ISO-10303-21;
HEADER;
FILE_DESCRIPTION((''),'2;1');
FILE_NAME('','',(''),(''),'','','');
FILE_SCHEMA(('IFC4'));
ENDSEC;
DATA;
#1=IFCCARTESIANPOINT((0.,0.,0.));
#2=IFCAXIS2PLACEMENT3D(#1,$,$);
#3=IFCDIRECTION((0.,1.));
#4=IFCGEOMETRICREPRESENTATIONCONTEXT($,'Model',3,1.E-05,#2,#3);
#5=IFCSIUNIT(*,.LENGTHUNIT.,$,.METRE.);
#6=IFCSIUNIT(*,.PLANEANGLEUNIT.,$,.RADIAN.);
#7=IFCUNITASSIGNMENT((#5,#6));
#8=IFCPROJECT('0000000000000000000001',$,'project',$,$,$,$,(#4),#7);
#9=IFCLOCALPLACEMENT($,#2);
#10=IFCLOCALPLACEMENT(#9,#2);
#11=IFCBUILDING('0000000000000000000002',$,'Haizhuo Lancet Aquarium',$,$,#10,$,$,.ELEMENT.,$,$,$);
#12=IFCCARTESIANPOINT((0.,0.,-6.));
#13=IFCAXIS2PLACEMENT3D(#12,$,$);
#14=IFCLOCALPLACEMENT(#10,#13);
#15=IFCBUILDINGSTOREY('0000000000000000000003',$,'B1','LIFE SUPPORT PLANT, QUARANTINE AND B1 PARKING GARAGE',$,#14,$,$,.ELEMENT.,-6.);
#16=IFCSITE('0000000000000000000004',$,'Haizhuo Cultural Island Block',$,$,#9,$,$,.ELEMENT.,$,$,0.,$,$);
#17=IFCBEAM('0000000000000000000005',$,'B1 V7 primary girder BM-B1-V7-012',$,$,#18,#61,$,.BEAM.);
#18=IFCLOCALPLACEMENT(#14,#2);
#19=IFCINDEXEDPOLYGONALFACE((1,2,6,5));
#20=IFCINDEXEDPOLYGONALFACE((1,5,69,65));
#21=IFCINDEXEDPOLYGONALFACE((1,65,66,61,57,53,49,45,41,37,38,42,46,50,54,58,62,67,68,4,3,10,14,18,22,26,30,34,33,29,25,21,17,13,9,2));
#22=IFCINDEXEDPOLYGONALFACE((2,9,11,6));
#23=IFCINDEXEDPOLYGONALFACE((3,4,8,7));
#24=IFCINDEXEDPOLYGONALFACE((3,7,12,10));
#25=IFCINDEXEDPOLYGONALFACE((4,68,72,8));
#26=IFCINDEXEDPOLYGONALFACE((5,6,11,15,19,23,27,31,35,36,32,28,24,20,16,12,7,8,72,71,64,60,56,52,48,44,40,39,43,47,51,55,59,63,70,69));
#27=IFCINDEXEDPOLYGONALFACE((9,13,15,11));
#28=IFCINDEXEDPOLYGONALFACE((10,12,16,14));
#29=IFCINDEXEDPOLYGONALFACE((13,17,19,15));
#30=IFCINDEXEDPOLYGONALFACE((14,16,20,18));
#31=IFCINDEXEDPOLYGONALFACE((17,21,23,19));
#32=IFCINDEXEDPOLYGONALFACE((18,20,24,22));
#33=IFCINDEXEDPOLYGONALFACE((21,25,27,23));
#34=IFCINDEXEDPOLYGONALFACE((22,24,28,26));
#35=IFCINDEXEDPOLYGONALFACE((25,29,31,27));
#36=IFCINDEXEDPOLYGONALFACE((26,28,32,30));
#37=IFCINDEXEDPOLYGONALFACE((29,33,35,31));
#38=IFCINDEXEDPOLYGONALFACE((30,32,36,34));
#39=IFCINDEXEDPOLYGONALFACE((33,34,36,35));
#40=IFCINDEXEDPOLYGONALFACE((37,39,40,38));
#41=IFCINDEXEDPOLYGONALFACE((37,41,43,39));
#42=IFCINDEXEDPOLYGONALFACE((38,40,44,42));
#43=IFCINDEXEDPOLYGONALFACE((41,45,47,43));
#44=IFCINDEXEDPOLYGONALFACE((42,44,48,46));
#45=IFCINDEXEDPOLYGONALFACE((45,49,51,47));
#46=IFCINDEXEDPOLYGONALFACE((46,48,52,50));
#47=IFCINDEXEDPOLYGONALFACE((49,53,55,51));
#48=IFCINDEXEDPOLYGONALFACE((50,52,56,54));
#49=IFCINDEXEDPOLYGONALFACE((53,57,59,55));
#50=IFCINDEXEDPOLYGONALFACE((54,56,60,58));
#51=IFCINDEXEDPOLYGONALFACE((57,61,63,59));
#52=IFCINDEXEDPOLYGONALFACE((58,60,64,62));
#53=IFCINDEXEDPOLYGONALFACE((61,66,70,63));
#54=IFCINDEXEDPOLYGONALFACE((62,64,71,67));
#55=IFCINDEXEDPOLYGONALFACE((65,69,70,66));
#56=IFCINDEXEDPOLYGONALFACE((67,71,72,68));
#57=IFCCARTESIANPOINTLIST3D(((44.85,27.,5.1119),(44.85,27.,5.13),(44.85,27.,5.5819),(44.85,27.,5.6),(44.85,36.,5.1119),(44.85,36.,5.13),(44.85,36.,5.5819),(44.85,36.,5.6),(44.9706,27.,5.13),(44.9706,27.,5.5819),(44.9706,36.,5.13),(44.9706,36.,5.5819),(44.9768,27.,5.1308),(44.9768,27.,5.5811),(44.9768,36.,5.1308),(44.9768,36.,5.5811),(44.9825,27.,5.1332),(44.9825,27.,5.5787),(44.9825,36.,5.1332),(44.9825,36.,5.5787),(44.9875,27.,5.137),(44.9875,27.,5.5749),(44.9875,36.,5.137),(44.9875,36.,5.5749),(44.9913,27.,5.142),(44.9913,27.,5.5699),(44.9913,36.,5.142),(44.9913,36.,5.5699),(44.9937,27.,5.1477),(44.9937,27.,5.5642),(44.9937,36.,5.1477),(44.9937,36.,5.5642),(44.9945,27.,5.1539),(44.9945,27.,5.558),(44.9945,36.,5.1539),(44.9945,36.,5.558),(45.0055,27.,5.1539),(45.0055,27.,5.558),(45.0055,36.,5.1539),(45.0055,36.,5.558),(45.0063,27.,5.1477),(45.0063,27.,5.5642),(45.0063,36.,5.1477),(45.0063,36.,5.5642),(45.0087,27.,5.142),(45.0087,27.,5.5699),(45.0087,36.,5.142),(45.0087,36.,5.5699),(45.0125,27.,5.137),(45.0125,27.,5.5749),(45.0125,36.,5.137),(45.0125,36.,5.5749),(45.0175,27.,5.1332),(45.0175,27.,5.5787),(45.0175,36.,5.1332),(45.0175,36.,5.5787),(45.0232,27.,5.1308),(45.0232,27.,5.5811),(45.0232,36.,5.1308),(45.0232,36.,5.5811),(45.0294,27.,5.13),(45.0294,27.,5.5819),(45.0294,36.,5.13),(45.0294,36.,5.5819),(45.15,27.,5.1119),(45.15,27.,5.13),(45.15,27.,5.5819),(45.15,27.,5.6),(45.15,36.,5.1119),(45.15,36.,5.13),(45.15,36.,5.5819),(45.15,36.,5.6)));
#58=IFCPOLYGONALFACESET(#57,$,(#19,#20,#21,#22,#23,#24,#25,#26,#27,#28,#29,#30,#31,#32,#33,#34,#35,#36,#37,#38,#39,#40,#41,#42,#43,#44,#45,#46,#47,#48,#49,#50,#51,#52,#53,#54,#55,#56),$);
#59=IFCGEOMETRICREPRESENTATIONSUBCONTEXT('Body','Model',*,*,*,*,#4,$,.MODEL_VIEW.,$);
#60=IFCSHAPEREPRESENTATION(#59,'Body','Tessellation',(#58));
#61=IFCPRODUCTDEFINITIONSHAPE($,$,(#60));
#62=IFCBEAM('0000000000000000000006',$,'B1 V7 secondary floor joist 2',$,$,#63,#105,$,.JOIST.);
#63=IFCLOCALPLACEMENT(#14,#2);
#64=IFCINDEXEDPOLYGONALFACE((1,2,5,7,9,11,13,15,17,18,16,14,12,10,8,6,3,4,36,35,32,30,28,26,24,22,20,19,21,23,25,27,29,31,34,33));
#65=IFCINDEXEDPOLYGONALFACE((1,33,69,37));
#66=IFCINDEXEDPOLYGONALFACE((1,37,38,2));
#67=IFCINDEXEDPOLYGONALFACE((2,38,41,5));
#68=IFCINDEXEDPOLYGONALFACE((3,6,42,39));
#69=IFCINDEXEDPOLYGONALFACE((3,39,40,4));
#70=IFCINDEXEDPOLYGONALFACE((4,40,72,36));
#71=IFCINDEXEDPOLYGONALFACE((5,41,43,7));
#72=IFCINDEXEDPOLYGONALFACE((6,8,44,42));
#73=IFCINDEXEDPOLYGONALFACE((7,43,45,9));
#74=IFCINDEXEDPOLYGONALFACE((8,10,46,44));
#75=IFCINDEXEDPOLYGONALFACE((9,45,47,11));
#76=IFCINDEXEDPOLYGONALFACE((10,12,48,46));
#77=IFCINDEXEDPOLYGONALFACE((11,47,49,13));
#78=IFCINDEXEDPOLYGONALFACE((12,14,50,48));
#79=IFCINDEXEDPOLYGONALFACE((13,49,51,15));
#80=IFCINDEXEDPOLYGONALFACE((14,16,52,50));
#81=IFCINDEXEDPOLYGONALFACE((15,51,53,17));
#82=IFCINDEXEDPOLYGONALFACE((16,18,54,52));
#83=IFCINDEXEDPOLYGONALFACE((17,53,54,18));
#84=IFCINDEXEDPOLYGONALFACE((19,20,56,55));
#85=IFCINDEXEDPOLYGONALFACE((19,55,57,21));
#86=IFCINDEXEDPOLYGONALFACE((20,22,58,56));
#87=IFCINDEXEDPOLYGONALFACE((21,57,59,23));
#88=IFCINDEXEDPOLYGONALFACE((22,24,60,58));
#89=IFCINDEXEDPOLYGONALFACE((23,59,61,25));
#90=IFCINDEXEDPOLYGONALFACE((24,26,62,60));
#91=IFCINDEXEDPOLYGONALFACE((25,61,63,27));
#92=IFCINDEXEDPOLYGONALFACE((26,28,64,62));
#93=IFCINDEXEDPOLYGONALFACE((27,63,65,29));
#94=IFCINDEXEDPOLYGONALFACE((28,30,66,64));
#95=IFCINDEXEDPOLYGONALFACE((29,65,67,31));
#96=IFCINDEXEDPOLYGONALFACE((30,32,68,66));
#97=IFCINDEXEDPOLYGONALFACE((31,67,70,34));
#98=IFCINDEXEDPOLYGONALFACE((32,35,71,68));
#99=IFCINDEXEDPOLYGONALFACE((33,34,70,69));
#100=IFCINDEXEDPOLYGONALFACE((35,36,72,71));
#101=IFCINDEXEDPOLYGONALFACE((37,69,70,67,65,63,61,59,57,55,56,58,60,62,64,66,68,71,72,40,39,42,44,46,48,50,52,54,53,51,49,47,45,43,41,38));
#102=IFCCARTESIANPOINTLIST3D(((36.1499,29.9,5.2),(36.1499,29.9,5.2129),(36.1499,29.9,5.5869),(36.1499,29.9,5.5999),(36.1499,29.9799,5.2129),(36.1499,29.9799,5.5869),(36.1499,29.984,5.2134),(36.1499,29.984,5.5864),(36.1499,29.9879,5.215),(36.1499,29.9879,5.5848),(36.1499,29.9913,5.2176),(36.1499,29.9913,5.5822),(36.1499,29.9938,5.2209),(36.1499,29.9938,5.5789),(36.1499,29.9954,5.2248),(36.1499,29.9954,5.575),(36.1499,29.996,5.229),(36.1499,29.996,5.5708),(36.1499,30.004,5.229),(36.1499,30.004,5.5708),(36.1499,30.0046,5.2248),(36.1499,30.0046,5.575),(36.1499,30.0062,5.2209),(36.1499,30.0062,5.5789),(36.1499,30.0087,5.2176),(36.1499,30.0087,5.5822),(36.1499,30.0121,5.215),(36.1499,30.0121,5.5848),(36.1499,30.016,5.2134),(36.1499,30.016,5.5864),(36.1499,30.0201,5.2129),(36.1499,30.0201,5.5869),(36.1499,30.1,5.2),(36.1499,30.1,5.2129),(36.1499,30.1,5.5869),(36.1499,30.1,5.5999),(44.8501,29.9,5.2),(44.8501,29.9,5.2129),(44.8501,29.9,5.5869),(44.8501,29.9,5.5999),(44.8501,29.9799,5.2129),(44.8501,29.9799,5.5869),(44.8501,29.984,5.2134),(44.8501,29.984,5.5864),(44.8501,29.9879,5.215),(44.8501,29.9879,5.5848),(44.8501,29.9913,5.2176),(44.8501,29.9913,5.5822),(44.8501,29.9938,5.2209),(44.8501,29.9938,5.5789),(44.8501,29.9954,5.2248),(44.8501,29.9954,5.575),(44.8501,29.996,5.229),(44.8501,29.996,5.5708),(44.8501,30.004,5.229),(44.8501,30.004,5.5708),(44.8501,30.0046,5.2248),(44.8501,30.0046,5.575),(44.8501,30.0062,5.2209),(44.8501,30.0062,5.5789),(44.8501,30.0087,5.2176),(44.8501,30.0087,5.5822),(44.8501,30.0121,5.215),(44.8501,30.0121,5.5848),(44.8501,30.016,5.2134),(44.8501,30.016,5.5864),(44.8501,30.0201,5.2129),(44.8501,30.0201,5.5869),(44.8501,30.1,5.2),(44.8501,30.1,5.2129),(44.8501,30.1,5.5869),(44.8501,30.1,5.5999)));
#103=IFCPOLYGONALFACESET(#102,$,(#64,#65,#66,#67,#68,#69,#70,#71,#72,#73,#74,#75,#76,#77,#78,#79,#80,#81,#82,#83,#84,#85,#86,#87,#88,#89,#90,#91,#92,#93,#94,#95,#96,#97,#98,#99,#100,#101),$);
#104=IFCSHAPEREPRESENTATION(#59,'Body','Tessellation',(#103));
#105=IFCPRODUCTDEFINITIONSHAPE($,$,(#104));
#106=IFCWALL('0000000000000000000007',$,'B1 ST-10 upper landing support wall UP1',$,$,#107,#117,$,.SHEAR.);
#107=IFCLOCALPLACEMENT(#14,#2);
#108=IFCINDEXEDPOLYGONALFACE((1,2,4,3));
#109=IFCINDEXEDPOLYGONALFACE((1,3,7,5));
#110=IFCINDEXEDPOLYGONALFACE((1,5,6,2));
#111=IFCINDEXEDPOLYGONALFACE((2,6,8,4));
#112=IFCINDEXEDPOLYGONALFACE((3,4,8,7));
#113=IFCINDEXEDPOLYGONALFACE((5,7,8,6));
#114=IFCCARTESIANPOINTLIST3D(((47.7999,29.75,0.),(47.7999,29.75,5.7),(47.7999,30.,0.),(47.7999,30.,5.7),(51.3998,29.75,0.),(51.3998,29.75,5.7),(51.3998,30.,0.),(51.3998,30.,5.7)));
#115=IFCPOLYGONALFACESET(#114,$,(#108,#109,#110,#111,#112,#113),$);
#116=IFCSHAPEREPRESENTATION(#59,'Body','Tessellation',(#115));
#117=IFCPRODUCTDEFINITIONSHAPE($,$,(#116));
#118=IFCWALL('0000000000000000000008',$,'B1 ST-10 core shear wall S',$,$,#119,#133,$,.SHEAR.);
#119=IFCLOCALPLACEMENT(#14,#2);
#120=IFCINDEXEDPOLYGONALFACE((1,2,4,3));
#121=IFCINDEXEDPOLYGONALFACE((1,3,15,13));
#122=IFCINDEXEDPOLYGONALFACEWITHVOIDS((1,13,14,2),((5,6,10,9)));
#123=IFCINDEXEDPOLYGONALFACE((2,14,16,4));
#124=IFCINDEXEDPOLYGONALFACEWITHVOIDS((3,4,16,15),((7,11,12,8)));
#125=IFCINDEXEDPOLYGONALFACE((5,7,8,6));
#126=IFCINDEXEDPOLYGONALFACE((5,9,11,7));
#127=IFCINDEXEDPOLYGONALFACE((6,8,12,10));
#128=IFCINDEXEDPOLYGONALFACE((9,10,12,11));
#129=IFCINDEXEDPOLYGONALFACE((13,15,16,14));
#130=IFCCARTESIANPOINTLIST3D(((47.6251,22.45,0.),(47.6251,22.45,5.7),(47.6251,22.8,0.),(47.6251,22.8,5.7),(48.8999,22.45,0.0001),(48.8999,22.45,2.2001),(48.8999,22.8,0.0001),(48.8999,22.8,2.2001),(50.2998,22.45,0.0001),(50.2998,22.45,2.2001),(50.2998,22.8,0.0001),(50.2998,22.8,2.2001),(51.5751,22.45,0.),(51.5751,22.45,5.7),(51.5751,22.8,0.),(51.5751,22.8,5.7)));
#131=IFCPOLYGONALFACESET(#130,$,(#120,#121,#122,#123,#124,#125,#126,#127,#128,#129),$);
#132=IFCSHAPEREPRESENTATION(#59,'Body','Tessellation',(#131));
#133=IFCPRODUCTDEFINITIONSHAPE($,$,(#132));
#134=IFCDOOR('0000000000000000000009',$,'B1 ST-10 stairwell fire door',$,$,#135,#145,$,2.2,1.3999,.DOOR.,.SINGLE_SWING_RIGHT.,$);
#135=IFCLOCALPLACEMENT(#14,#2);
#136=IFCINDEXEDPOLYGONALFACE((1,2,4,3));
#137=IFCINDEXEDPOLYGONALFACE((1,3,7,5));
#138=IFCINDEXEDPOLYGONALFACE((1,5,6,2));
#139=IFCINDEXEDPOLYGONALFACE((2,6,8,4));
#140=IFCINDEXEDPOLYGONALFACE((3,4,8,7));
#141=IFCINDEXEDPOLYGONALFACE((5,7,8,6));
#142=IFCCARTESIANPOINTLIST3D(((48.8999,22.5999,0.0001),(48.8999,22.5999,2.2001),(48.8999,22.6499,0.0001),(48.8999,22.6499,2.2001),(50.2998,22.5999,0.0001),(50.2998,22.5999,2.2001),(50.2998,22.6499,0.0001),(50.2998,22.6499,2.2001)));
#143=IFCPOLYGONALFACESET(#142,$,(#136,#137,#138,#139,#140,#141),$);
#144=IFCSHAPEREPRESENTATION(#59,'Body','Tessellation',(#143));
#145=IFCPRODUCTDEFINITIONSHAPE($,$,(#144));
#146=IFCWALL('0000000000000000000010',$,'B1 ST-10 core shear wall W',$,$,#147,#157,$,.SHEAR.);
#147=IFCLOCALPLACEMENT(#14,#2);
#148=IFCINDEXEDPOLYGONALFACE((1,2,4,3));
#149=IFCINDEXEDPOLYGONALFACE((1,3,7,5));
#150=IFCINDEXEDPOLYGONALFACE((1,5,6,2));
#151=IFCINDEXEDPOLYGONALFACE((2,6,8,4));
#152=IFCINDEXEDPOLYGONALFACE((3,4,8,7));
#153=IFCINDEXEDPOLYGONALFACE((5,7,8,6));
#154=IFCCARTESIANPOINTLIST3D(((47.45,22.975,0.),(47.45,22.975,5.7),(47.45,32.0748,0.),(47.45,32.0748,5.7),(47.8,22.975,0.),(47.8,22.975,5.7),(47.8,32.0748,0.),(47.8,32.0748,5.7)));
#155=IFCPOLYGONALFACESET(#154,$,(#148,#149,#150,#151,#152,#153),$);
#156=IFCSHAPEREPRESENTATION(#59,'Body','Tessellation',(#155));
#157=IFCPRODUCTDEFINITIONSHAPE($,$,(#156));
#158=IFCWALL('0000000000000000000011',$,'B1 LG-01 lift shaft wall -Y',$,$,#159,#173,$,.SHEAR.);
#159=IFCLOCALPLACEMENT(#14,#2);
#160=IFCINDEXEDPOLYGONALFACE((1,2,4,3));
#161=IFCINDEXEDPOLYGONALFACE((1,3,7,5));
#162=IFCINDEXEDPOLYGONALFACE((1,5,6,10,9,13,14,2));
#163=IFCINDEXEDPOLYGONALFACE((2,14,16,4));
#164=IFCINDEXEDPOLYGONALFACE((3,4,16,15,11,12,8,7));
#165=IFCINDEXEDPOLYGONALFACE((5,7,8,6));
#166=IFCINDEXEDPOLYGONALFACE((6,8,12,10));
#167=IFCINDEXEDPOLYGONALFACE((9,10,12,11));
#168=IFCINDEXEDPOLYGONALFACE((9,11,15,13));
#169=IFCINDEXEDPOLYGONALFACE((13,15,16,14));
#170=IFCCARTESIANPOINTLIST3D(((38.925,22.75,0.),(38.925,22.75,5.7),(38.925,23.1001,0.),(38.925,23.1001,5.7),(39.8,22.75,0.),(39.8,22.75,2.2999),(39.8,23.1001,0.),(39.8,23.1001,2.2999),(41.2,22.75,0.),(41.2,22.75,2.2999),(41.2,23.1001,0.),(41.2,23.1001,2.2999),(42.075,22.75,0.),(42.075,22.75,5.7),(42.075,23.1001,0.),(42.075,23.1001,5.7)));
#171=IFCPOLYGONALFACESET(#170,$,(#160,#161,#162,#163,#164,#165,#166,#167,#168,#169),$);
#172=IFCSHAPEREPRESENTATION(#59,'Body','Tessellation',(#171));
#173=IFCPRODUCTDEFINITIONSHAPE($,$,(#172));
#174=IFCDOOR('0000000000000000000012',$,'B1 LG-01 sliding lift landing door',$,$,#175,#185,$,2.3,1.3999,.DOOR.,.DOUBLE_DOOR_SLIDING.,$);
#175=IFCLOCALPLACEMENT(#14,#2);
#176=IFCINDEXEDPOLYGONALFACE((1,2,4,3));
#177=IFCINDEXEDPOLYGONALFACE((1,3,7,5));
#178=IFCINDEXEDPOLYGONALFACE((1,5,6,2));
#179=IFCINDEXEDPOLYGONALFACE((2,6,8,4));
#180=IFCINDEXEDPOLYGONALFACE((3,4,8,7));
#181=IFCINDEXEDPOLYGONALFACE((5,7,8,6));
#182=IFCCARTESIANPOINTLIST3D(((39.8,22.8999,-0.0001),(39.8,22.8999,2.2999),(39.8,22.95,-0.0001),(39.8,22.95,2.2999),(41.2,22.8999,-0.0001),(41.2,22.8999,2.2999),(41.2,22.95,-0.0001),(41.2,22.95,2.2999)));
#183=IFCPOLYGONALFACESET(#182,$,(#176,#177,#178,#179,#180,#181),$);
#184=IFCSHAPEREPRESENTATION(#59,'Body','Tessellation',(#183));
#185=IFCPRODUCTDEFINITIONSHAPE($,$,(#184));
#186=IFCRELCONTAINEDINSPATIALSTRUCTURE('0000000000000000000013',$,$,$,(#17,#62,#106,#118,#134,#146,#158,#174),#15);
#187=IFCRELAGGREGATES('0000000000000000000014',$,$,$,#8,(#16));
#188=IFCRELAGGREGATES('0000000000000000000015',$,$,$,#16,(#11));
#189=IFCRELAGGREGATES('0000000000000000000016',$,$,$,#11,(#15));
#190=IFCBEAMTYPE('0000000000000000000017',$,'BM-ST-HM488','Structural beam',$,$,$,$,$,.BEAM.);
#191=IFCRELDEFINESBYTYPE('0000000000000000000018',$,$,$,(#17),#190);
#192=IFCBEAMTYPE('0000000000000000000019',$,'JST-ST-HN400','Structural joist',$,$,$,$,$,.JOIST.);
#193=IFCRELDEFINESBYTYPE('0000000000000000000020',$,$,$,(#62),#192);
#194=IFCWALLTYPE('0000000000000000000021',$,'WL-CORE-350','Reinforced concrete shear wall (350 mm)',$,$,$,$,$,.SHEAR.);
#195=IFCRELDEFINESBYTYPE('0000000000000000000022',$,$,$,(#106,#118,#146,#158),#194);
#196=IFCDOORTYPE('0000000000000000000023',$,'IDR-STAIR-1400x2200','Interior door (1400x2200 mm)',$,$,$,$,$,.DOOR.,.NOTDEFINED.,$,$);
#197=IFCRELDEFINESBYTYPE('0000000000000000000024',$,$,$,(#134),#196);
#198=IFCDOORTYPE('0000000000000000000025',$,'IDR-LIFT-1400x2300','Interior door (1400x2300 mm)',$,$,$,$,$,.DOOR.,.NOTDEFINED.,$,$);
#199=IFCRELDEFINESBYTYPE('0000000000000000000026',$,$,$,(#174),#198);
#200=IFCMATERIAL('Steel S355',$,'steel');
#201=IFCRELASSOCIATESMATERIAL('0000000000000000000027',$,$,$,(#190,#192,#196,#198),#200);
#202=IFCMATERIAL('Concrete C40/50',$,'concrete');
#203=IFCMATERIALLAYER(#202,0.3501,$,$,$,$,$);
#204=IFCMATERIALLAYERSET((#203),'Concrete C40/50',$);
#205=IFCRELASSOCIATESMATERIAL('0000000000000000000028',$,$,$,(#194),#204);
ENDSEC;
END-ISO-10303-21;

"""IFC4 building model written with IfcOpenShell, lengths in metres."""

from ifc_helpers import new_model, si_unit, direction, frame, frame_2d, origin, origin_2d, place, context, subcontext, project, spatial, rectangle, i_section, extrude, material, layer, layer_set, material_profile, profile_set, type_object, element, fill, save


model = new_model("IFC4")

# Units and contexts
model_context = context("Model", 3, precision=1e-05, world=origin(), true_north=direction((0.0, 1.0)))
body_context = subcontext(model_context, "Body", "Model", "MODEL_VIEW")
ifc_project = project(units=[si_unit("LENGTHUNIT", "METRE"), si_unit("PLANEANGLEUNIT", "RADIAN")], contexts=[model_context])

# Site, building, storey
site_placement = place(None, origin())
site = spatial("IfcSite", under=ifc_project, at=site_placement, Name="Haizhuo Cultural Island Block", CompositionType="ELEMENT", RefElevation=0.0)
building_placement = place(site_placement, origin())
building = spatial("IfcBuilding", under=site, at=building_placement, Name="Haizhuo Lancet Aquarium", CompositionType="ELEMENT")
storey_placement = place(building_placement, frame((0.0, 0.0, -6.0)))
storey = spatial("IfcBuildingStorey", under=building, at=storey_placement, Name="B1", Description="LIFE SUPPORT PLANT, QUARANTINE AND B1 PARKING GARAGE", CompositionType="ELEMENT", Elevation=-6.0)

# Shared definitions
ifc_material_1 = material(Name="Concrete C40/50", Category="concrete")

# Shared definitions
ifc_material_2 = material(Name="Steel S355", Category="steel")

# Beams
ifc_material_profile_1 = material_profile(ifc_material_2, i_section(OverallWidth=0.3, OverallDepth=0.488, WebThickness=0.011, FlangeThickness=0.0181, FilletRadius=0.0239, at=origin_2d()), Name="HM 488x300x11x18")
ifc_profile_set_1 = profile_set([ifc_material_profile_1], Name="Steel S355")
beam_type_1 = type_object("IfcBeamType", Name="BM-ST-HM488", Description="Structural beam", PredefinedType="BEAM", material=ifc_profile_set_1)
beam_1_placement = place(storey_placement, frame((45.0, 27.0, 5.356), z_axis=(0.0, 1.0, 0.0), x_axis=(-1.0, 0.0, 0.0)))
element("IfcBeam", 1, at=beam_1_placement, inside=storey, type_object=beam_type_1, Name="B1 V7 primary girder BM-B1-V7-012", PredefinedType="BEAM", context=body_context, shape_type="SweptSolid", body=[
    extrude(i_section(OverallWidth=0.3, OverallDepth=0.488, WebThickness=0.011, FlangeThickness=0.0181, FilletRadius=0.0239, at=origin_2d()), origin(), (0.0, 0.0, 1.0), 9.0),
])
ifc_material_profile_2 = material_profile(ifc_material_2, i_section(OverallWidth=0.2, OverallDepth=0.3999, WebThickness=0.0081, FlangeThickness=0.0129, FilletRadius=0.0161, at=origin_2d()), Name="HN 400x200x8x13")
ifc_profile_set_2 = profile_set([ifc_material_profile_2], Name="Steel S355")
beam_type_2 = type_object("IfcBeamType", Name="JST-ST-HN400", Description="Structural joist", PredefinedType="JOIST", material=ifc_profile_set_2)
beam_2_placement = place(storey_placement, frame((36.1499, 30.0, 5.3999), z_axis=(1.0, 0.0, 0.0), x_axis=(0.0, 1.0, 0.0)))
element("IfcBeam", 2, at=beam_2_placement, inside=storey, type_object=beam_type_2, Name="B1 V7 secondary floor joist 2", PredefinedType="JOIST", context=body_context, shape_type="SweptSolid", body=[
    extrude(i_section(OverallWidth=0.2, OverallDepth=0.3999, WebThickness=0.0081, FlangeThickness=0.0129, FilletRadius=0.0161, at=origin_2d()), origin(), (0.0, 0.0, 1.0), 8.7002),
])

# Wall
ifc_layer = layer(ifc_material_1, 0.3501)
ifc_layer_set = layer_set([ifc_layer], Name="Concrete C40/50")
wall_type = type_object("IfcWallType", Name="WL-CORE-350", Description="Reinforced concrete shear wall (350 mm)", PredefinedType="SHEAR", material=ifc_layer_set)
wall_1_placement = place(storey_placement, frame((47.8, 29.875, 0.0), z_axis=(0.0, 0.0, 1.0), x_axis=(1.0, 0.0, 0.0)))
element("IfcWall", 3, at=wall_1_placement, inside=storey, type_object=wall_type, Name="B1 ST-10 upper landing support wall UP1", PredefinedType="SHEAR", context=body_context, shape_type="SweptSolid", body=[
    extrude(rectangle(XDim=3.5999, YDim=0.25, at=frame_2d((1.7998, 0.0))), origin(), (0.0, 0.0, 1.0), 5.7),
])

# Wall, opening, door
wall_2_placement = place(storey_placement, frame((47.625, 22.625, 0.0), z_axis=(0.0, 0.0, 1.0), x_axis=(1.0, 0.0, 0.0)))
wall_2 = element("IfcWall", 4, at=wall_2_placement, inside=storey, type_object=wall_type, Name="B1 ST-10 core shear wall S", PredefinedType="SHEAR", context=body_context, shape_type="SweptSolid", body=[
    extrude(rectangle(XDim=3.95, YDim=0.3501, at=frame_2d((1.9751, 0.0))), origin(), (0.0, 0.0, 1.0), 5.7),
])
opening_1_placement = place(wall_2_placement, frame((1.2749, 0.0, 0.0)))
opening_1 = element("IfcOpeningElement", 5, at=opening_1_placement, cuts=wall_2, PredefinedType="OPENING", context=body_context, shape_type="SweptSolid", body=[
    extrude(rectangle(XDim=1.3999, YDim=2.2, at=frame_2d((0.7, 1.1001))), frame((0.0, 0.1851, 0.0), z_axis=(0.0, -1.0, 0.0), x_axis=(1.0, 0.0, 0.0)), (0.0, 0.0, 1.0), 0.3701),
])
door_type_1 = type_object("IfcDoorType", Name="IDR-STAIR-1400x2200", Description="Interior door (1400x2200 mm)", OperationType="NOTDEFINED", PredefinedType="DOOR", material=ifc_material_2)
door_1_placement = place(opening_1_placement, origin())
door_1 = element("IfcDoor", 6, at=door_1_placement, inside=storey, type_object=door_type_1, Name="B1 ST-10 stairwell fire door", OperationType="SINGLE_SWING_RIGHT", OverallHeight=2.2, OverallWidth=1.3999, PredefinedType="DOOR", context=body_context, shape_type="SweptSolid", body=[
    extrude(rectangle(XDim=1.3999, YDim=2.2, at=frame_2d((0.7, 1.1001))), frame((0.0, 0.0249, 0.0), z_axis=(0.0, -1.0, 0.0), x_axis=(1.0, 0.0, 0.0)), (0.0, 0.0, 1.0), 0.05),
])
fill(opening_1, door_1)

# Wall
wall_3_placement = place(storey_placement, frame((47.625, 22.9751, 0.0), z_axis=(0.0, 0.0, 1.0), x_axis=(0.0, 1.0, 0.0)))
element("IfcWall", 7, at=wall_3_placement, inside=storey, type_object=wall_type, Name="B1 ST-10 core shear wall W", PredefinedType="SHEAR", context=body_context, shape_type="SweptSolid", body=[
    extrude(rectangle(XDim=9.0999, YDim=0.3501, at=frame_2d((4.5498, 0.0))), origin(), (0.0, 0.0, 1.0), 5.7),
])

# Wall, opening, door
wall_4_placement = place(storey_placement, frame((38.925, 22.925, 0.0), z_axis=(0.0, 0.0, 1.0), x_axis=(1.0, 0.0, 0.0)))
wall_4 = element("IfcWall", 8, at=wall_4_placement, inside=storey, type_object=wall_type, Name="B1 LG-01 lift shaft wall -Y", PredefinedType="SHEAR", context=body_context, shape_type="SweptSolid", body=[
    extrude(rectangle(XDim=3.1499, YDim=0.3501, at=frame_2d((1.575, 0.0))), origin(), (0.0, 0.0, 1.0), 5.7),
])
opening_2_placement = place(wall_4_placement, frame((0.875, 0.0, 0.0)))
opening_2 = element("IfcOpeningElement", 9, at=opening_2_placement, cuts=wall_4, PredefinedType="OPENING", context=body_context, shape_type="SweptSolid", body=[
    extrude(rectangle(XDim=1.3999, YDim=2.3, at=frame_2d((0.7, 1.1499))), frame((0.0, 0.1851, 0.0), z_axis=(0.0, -1.0, 0.0), x_axis=(1.0, 0.0, 0.0)), (0.0, 0.0, 1.0), 0.3701),
])
door_type_2 = type_object("IfcDoorType", Name="IDR-LIFT-1400x2300", Description="Interior door (1400x2300 mm)", OperationType="NOTDEFINED", PredefinedType="DOOR", material=ifc_material_2)
door_2_placement = place(opening_2_placement, origin())
door_2 = element("IfcDoor", 10, at=door_2_placement, inside=storey, type_object=door_type_2, Name="B1 LG-01 sliding lift landing door", OperationType="DOUBLE_DOOR_SLIDING", OverallHeight=2.3, OverallWidth=1.3999, PredefinedType="DOOR", context=body_context, shape_type="SweptSolid", body=[
    extrude(rectangle(XDim=1.3999, YDim=2.3, at=frame_2d((0.7, 1.1499))), frame((0.0, 0.0249, 0.0), z_axis=(0.0, -1.0, 0.0), x_axis=(1.0, 0.0, 0.0)), (0.0, 0.0, 1.0), 0.05),
])
fill(opening_2, door_2)

save(model, "model.ifc")
